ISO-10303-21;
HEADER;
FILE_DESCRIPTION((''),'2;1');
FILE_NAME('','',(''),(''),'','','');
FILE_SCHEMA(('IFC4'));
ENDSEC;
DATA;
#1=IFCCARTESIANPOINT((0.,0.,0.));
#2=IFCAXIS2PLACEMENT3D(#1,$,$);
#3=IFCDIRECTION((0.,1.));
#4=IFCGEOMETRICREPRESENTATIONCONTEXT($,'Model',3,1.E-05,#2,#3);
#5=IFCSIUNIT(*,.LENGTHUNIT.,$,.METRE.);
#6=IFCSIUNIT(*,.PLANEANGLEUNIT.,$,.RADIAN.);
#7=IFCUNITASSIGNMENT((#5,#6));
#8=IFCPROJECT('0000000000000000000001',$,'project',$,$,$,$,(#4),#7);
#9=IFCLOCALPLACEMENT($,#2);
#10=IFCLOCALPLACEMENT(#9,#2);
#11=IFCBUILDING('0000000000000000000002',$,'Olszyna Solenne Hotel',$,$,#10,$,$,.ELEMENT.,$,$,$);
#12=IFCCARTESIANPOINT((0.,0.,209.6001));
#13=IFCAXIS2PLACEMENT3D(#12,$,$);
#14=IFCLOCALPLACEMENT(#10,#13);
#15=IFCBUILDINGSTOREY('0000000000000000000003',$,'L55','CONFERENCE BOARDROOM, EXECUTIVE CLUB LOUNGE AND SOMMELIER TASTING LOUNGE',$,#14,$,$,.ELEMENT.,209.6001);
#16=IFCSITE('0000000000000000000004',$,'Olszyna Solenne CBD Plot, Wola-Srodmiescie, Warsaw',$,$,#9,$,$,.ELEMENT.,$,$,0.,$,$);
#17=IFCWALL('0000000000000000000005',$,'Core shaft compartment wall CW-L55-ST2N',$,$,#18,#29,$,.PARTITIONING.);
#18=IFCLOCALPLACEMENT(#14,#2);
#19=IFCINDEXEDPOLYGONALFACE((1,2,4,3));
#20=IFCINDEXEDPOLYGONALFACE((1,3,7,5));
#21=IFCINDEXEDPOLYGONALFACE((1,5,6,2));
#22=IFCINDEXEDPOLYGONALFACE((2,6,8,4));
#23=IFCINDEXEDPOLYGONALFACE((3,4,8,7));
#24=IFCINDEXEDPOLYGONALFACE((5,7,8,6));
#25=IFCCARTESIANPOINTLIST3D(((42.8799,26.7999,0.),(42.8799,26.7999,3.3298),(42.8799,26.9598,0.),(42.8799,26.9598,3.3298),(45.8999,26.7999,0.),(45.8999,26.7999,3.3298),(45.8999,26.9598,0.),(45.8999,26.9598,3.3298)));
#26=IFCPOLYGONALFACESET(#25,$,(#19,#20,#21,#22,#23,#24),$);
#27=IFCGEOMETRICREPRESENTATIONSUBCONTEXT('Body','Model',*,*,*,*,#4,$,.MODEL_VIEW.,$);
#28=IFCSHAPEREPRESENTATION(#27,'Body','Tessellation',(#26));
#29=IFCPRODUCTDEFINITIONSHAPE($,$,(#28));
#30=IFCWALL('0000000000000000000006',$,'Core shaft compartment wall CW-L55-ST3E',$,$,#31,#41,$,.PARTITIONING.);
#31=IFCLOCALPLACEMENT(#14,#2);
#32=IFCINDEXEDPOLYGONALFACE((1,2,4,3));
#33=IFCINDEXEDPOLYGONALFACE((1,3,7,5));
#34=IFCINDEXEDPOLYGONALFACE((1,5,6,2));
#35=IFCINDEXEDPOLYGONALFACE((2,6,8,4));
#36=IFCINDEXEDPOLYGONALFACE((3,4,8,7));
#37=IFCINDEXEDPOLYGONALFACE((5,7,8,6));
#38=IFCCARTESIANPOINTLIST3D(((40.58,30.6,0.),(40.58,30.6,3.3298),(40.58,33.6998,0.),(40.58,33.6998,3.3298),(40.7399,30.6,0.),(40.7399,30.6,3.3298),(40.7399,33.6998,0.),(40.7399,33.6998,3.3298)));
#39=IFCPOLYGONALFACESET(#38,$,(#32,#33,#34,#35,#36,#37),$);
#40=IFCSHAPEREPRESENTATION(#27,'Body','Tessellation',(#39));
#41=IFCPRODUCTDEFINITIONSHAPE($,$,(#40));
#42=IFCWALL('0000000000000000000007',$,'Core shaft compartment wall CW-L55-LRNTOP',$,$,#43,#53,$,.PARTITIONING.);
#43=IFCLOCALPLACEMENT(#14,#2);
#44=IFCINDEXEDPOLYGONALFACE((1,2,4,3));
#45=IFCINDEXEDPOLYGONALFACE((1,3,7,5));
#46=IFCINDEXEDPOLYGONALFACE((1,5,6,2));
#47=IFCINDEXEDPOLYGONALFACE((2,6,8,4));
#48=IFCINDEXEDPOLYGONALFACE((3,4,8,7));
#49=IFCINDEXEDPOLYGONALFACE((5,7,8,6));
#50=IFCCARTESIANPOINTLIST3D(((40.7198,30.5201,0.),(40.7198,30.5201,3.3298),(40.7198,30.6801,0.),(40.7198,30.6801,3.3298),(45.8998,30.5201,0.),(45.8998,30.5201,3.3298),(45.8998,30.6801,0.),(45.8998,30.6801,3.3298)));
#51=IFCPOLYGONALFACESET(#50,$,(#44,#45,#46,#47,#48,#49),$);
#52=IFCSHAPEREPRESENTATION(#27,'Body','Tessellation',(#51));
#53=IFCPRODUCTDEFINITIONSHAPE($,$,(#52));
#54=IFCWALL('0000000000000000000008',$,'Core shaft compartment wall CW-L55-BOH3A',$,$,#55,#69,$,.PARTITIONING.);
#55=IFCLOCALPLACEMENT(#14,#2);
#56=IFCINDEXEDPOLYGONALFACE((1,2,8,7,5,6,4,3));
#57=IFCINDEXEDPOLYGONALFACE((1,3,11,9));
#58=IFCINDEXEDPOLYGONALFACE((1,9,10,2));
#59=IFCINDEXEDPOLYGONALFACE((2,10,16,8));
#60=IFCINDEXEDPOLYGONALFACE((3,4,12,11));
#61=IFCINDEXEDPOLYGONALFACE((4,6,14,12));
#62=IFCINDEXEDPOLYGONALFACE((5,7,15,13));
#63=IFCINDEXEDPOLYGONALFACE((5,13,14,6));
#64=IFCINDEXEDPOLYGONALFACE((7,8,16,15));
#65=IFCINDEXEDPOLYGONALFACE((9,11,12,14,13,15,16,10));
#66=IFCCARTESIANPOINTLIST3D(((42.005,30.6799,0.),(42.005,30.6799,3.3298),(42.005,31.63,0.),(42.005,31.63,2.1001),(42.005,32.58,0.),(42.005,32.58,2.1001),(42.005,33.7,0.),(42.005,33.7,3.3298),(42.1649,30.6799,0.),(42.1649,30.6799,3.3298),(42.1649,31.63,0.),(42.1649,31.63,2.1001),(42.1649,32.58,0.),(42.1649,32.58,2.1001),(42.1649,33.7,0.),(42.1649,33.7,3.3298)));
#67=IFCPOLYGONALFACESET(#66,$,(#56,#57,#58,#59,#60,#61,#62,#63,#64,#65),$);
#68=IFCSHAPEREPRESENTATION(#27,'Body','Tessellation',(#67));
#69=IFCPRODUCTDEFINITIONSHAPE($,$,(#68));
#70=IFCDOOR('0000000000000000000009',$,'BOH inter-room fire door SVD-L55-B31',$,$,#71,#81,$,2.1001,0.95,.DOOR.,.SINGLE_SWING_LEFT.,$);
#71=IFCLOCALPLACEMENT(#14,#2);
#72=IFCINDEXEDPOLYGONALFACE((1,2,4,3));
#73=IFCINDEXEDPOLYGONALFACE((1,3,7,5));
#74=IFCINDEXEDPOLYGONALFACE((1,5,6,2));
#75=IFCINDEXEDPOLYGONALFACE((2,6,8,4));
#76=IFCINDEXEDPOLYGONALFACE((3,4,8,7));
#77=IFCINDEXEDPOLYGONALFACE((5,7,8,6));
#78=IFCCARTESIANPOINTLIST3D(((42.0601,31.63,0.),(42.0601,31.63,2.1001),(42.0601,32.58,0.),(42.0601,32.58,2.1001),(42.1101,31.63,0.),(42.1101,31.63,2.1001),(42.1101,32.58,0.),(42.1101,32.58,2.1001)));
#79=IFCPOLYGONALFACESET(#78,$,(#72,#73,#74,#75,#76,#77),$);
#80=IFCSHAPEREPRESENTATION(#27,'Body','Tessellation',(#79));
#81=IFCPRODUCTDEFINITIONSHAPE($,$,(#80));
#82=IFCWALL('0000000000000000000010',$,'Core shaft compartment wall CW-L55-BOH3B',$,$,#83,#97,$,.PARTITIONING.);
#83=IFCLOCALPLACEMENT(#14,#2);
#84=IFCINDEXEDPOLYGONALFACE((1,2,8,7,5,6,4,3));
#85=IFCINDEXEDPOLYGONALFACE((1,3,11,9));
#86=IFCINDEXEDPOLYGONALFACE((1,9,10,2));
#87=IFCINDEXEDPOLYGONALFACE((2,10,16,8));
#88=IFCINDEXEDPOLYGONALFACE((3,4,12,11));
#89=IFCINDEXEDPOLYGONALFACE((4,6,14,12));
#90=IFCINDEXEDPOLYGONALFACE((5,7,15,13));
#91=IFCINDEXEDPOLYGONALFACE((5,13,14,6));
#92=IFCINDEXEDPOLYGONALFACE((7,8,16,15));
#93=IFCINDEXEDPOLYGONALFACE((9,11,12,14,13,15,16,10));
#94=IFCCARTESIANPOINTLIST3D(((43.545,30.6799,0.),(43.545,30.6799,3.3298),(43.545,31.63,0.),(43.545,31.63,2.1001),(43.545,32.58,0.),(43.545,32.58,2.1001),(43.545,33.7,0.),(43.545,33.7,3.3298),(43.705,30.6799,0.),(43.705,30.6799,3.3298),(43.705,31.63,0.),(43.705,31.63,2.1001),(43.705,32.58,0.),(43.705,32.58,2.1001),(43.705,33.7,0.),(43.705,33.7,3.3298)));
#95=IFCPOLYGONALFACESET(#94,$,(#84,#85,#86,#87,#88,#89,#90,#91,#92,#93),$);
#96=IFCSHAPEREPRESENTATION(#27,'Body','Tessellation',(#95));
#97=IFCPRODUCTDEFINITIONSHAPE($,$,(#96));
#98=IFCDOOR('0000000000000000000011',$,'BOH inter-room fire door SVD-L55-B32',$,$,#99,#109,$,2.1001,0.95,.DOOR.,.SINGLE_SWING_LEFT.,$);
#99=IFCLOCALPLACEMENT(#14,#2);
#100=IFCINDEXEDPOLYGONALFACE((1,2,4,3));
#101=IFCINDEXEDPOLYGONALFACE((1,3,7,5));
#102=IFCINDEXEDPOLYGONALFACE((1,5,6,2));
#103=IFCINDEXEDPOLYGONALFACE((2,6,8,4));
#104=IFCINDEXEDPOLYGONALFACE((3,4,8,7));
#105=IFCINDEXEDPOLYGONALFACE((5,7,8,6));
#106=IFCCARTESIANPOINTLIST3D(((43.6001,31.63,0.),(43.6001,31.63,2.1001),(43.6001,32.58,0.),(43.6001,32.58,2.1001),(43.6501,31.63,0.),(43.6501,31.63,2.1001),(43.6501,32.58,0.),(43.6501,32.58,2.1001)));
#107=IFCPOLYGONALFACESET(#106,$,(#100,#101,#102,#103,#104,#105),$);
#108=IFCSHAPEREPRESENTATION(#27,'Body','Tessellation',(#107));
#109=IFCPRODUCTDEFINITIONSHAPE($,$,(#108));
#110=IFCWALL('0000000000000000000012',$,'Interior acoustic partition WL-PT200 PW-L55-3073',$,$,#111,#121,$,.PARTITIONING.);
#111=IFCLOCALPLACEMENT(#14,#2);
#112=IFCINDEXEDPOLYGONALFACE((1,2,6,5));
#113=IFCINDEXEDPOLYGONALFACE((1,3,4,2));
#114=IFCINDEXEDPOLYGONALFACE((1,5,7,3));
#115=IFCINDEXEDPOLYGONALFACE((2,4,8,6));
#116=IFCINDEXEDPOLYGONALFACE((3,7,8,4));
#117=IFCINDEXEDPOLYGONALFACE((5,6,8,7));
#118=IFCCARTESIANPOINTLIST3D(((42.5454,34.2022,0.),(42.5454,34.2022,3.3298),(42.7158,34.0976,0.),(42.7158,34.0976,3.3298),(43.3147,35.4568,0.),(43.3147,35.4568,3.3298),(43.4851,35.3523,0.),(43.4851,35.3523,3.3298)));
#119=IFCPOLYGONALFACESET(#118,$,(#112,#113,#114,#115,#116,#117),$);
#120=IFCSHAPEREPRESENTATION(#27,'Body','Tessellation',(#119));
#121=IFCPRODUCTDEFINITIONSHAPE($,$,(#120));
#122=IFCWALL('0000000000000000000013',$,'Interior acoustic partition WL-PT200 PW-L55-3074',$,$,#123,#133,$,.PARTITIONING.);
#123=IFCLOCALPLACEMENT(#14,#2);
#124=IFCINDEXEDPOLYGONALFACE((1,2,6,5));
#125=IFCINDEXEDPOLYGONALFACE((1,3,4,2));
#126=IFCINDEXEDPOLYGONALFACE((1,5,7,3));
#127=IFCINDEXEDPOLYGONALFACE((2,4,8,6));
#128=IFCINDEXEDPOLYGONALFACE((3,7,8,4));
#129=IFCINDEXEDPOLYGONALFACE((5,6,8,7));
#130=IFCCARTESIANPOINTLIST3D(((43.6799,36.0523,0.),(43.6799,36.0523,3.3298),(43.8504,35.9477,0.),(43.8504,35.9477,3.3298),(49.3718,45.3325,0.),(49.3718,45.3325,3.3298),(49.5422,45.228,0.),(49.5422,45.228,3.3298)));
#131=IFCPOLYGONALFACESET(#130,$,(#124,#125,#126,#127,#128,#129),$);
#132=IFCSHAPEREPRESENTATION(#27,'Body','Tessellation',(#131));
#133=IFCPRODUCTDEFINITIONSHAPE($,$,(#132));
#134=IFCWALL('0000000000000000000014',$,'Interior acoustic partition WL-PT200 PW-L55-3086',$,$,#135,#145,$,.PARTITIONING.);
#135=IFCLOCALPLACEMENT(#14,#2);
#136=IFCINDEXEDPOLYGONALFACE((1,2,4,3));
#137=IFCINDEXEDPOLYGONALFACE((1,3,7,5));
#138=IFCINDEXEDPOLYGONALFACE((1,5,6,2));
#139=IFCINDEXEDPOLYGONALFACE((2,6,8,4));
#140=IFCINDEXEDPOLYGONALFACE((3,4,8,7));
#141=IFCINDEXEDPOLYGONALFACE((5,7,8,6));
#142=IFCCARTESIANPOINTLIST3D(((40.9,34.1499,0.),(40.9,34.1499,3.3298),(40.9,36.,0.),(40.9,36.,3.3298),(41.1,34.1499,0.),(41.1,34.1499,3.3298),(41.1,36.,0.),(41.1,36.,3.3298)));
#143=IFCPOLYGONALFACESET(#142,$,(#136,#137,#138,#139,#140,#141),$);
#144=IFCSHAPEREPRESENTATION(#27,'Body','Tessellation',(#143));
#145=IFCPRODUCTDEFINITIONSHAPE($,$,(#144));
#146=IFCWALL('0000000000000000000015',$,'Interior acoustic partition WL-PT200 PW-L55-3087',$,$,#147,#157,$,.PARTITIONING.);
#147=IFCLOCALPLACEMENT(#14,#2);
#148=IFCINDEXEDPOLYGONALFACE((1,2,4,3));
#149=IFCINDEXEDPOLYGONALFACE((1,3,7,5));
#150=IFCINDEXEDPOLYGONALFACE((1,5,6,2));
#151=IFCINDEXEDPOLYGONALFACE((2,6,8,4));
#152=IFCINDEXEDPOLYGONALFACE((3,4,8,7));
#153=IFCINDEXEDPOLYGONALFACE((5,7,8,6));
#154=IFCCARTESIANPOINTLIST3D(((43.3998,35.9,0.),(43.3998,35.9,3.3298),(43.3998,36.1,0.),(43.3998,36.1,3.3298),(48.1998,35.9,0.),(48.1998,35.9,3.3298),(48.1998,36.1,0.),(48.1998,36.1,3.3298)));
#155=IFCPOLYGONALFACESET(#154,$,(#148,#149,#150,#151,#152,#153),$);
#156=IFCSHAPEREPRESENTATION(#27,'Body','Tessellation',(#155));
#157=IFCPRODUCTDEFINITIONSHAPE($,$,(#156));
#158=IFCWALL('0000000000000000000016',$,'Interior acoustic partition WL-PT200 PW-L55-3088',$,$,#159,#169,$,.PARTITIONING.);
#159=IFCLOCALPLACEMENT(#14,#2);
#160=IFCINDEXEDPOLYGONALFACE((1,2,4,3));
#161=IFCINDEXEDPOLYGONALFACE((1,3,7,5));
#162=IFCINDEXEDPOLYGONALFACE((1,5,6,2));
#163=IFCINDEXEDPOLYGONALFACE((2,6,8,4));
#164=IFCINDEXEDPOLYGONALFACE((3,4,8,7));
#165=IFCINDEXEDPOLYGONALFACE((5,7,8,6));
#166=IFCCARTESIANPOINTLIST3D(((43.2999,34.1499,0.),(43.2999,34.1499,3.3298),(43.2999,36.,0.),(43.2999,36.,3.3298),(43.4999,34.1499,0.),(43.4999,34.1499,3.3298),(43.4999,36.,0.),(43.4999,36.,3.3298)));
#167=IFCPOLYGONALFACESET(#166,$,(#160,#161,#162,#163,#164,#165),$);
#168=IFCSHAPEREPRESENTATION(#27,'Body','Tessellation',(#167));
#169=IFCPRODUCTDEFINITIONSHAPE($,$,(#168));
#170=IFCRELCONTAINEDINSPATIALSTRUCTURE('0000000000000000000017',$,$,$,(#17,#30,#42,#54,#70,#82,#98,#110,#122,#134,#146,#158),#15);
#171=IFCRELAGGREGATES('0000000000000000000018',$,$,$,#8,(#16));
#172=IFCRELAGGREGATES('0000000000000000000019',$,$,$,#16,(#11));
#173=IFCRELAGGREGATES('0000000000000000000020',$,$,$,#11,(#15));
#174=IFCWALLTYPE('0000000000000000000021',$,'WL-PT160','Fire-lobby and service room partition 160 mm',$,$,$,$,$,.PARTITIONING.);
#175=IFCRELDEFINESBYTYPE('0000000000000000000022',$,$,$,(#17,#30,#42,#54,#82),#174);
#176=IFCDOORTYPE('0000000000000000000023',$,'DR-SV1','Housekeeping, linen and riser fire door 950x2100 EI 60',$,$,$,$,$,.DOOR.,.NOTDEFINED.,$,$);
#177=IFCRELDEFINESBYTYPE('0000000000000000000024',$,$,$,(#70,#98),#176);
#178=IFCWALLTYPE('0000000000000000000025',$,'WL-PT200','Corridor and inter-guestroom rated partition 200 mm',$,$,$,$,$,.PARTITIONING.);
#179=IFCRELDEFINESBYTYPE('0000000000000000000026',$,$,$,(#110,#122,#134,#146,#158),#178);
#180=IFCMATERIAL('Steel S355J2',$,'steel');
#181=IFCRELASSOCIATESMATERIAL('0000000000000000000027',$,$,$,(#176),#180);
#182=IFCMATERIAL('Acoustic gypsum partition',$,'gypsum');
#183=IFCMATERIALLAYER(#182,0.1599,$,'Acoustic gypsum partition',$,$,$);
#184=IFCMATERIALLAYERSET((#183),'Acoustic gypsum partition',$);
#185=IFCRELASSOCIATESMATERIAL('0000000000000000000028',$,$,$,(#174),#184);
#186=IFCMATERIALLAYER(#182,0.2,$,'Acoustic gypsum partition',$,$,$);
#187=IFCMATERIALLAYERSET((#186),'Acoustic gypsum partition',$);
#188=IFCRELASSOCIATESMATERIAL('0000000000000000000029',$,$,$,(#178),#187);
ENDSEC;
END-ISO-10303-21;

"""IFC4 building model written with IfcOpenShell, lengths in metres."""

from ifc_helpers import new_model, si_unit, direction, frame, frame_2d, origin, place, context, subcontext, project, spatial, rectangle, extrude, source, transform, mapped, material, layer, layer_set, type_object, type_shapes, element, fill, save


model = new_model("IFC4")

# Units and contexts
model_context = context("Model", 3, precision=1e-05, world=origin(), true_north=direction((0.0, 1.0)))
body_context = subcontext(model_context, "Body", "Model", "MODEL_VIEW")
ifc_project = project(units=[si_unit("LENGTHUNIT", "METRE"), si_unit("PLANEANGLEUNIT", "RADIAN")], contexts=[model_context])

# Site, building, storey
site_placement = place(None, origin())
site = spatial("IfcSite", under=ifc_project, at=site_placement, Name="Olszyna Solenne CBD Plot, Wola-Srodmiescie, Warsaw", CompositionType="ELEMENT", RefElevation=0.0)
building_placement = place(site_placement, origin())
building = spatial("IfcBuilding", under=site, at=building_placement, Name="Olszyna Solenne Hotel", CompositionType="ELEMENT")
storey_placement = place(building_placement, frame((0.0, 0.0, 209.6001)))
storey = spatial("IfcBuildingStorey", under=building, at=storey_placement, Name="L55", Description="CONFERENCE BOARDROOM, EXECUTIVE CLUB LOUNGE AND SOMMELIER TASTING LOUNGE", CompositionType="ELEMENT", Elevation=209.6001)

# Shared definitions
ifc_material_1 = material(Name="Steel S355J2", Category="steel")

# Shared definitions
door_type_1 = type_object("IfcDoorType", Name="DR-SV1", Description="Housekeeping, linen and riser fire door 950x2100 EI 60", OperationType="NOTDEFINED", PredefinedType="DOOR", material=ifc_material_1)
shared_shape_1 = source(origin(), body_context, "Body", "SweptSolid", [
    extrude(rectangle(XDim=0.95, YDim=2.1001, at=frame_2d((0.4751, 1.05))), frame((0.0, 0.0249, 0.0), z_axis=(0.0, -1.0, 0.0), x_axis=(1.0, 0.0, 0.0)), (0.0, 0.0, 1.0), 0.05),
])
type_shapes(door_type_1, [shared_shape_1])

# Shared definitions
ifc_material_2 = material(Name="Acoustic gypsum partition", Category="gypsum")

# Shared definitions
ifc_layer_1 = layer(ifc_material_2, 0.1599, Name="Acoustic gypsum partition")
ifc_layer_set_1 = layer_set([ifc_layer_1], Name="Acoustic gypsum partition")
wall_type_1 = type_object("IfcWallType", Name="WL-PT160", Description="Fire-lobby and service room partition 160 mm", PredefinedType="PARTITIONING", material=ifc_layer_set_1)

# Walls
wall_1_placement = place(storey_placement, frame((42.8799, 26.8799, 0.0), z_axis=(0.0, 0.0, 1.0), x_axis=(1.0, 0.0, 0.0)))
element("IfcWall", 1, at=wall_1_placement, inside=storey, type_object=wall_type_1, Name="Core shaft compartment wall CW-L55-ST2N", PredefinedType="PARTITIONING", context=body_context, shape_type="SweptSolid", body=[
    extrude(rectangle(XDim=3.02, YDim=0.1599, at=frame_2d((1.51, 0.0))), origin(), (0.0, 0.0, 1.0), 3.3298),
])
wall_2_placement = place(storey_placement, frame((40.6599, 30.6001, 0.0), z_axis=(0.0, 0.0, 1.0), x_axis=(0.0, 1.0, 0.0)))
element("IfcWall", 2, at=wall_2_placement, inside=storey, type_object=wall_type_1, Name="Core shaft compartment wall CW-L55-ST3E", PredefinedType="PARTITIONING", context=body_context, shape_type="SweptSolid", body=[
    extrude(rectangle(XDim=3.0999, YDim=0.1599, at=frame_2d((1.5498, 0.0))), origin(), (0.0, 0.0, 1.0), 3.3298),
])
wall_3_placement = place(storey_placement, frame((40.72, 30.6001, 0.0), z_axis=(0.0, 0.0, 1.0), x_axis=(1.0, 0.0, 0.0)))
element("IfcWall", 3, at=wall_3_placement, inside=storey, type_object=wall_type_1, Name="Core shaft compartment wall CW-L55-LRNTOP", PredefinedType="PARTITIONING", context=body_context, shape_type="SweptSolid", body=[
    extrude(rectangle(XDim=5.1799, YDim=0.1599, at=frame_2d((2.5898, 0.0))), origin(), (0.0, 0.0, 1.0), 3.3298),
])

# Walls, openings, doors
wall_4_placement = place(storey_placement, frame((42.085, 30.6799, 0.0), z_axis=(0.0, 0.0, 1.0), x_axis=(0.0, 1.0, 0.0)))
wall_4 = element("IfcWall", 4, at=wall_4_placement, inside=storey, type_object=wall_type_1, Name="Core shaft compartment wall CW-L55-BOH3A", PredefinedType="PARTITIONING", context=body_context, shape_type="SweptSolid", body=[
    extrude(rectangle(XDim=3.02, YDim=0.1599, at=frame_2d((1.51, 0.0))), origin(), (0.0, 0.0, 1.0), 3.3298),
])
opening_1_placement = place(wall_4_placement, frame((0.95, 0.0, 0.0)))
opening_1 = element("IfcOpeningElement", 5, at=opening_1_placement, cuts=wall_4, PredefinedType="OPENING", context=body_context, shape_type="SweptSolid", body=[
    extrude(rectangle(XDim=0.95, YDim=2.1001, at=frame_2d((0.4751, 1.05))), frame((0.0, 0.0898, 0.0), z_axis=(0.0, -1.0, 0.0), x_axis=(1.0, 0.0, 0.0)), (0.0, 0.0, 1.0), 0.1799),
])
door_1_placement = place(opening_1_placement, origin())
door_1 = element("IfcDoor", 6, at=door_1_placement, inside=storey, type_object=door_type_1, Name="BOH inter-room fire door SVD-L55-B31", OperationType="SINGLE_SWING_LEFT", OverallHeight=2.1001, OverallWidth=0.95, PredefinedType="DOOR", context=body_context, shape_type="MappedRepresentation", body=[
    mapped(shared_shape_1, transform((0.0, 0.0, 0.0), x_axis=(1.0, 0.0, 0.0), y_axis=(0.0, 1.0, 0.0), z_axis=(0.0, 0.0, 1.0), scale=1.0)),
])
fill(opening_1, door_1)
wall_5_placement = place(storey_placement, frame((43.625, 30.6799, 0.0), z_axis=(0.0, 0.0, 1.0), x_axis=(0.0, 1.0, 0.0)))
wall_5 = element("IfcWall", 7, at=wall_5_placement, inside=storey, type_object=wall_type_1, Name="Core shaft compartment wall CW-L55-BOH3B", PredefinedType="PARTITIONING", context=body_context, shape_type="SweptSolid", body=[
    extrude(rectangle(XDim=3.02, YDim=0.1599, at=frame_2d((1.51, 0.0))), origin(), (0.0, 0.0, 1.0), 3.3298),
])
opening_2_placement = place(wall_5_placement, frame((0.95, 0.0, 0.0)))
opening_2 = element("IfcOpeningElement", 8, at=opening_2_placement, cuts=wall_5, PredefinedType="OPENING", context=body_context, shape_type="SweptSolid", body=[
    extrude(rectangle(XDim=0.95, YDim=2.1001, at=frame_2d((0.4751, 1.05))), frame((0.0, 0.0898, 0.0), z_axis=(0.0, -1.0, 0.0), x_axis=(1.0, 0.0, 0.0)), (0.0, 0.0, 1.0), 0.1799),
])
door_2_placement = place(opening_2_placement, origin())
door_2 = element("IfcDoor", 9, at=door_2_placement, inside=storey, type_object=door_type_1, Name="BOH inter-room fire door SVD-L55-B32", OperationType="SINGLE_SWING_LEFT", OverallHeight=2.1001, OverallWidth=0.95, PredefinedType="DOOR", context=body_context, shape_type="MappedRepresentation", body=[
    mapped(shared_shape_1, transform((0.0, 0.0, 0.0), x_axis=(1.0, 0.0, 0.0), y_axis=(0.0, 1.0, 0.0), z_axis=(0.0, 0.0, 1.0), scale=1.0)),
])
fill(opening_2, door_2)

# Walls
ifc_layer_2 = layer(ifc_material_2, 0.2, Name="Acoustic gypsum partition")
ifc_layer_set_2 = layer_set([ifc_layer_2], Name="Acoustic gypsum partition")
wall_type_2 = type_object("IfcWallType", Name="WL-PT200", Description="Corridor and inter-guestroom rated partition 200 mm", PredefinedType="PARTITIONING", material=ifc_layer_set_2)
wall_6_placement = place(storey_placement, frame((42.6306, 34.1499, 0.0), z_axis=(0.0, 0.0, 1.0), x_axis=(0.522718, 0.852506, 0.0)))
element("IfcWall", 10, at=wall_6_placement, inside=storey, type_object=wall_type_2, Name="Interior acoustic partition WL-PT200 PW-L55-3073", PredefinedType="PARTITIONING", context=body_context, shape_type="SweptSolid", body=[
    extrude(rectangle(XDim=1.4717, YDim=0.2, at=frame_2d((0.7358, 0.0))), origin(), (0.0, 0.0, 1.0), 3.3298),
])
wall_7_placement = place(storey_placement, frame((43.7651, 36.0, 0.0), z_axis=(0.0, 0.0, 1.0), x_axis=(0.522828, 0.852438, 0.0)))
element("IfcWall", 11, at=wall_7_placement, inside=storey, type_object=wall_type_2, Name="Interior acoustic partition WL-PT200 PW-L55-3074", PredefinedType="PARTITIONING", context=body_context, shape_type="SweptSolid", body=[
    extrude(rectangle(XDim=10.8867, YDim=0.2, at=frame_2d((5.4434, 0.0))), origin(), (0.0, 0.0, 1.0), 3.3298),
])
wall_8_placement = place(storey_placement, frame((41.0, 34.1499, 0.0), z_axis=(0.0, 0.0, 1.0), x_axis=(0.0, 1.0, 0.0)))
element("IfcWall", 12, at=wall_8_placement, inside=storey, type_object=wall_type_2, Name="Interior acoustic partition WL-PT200 PW-L55-3086", PredefinedType="PARTITIONING", context=body_context, shape_type="SweptSolid", body=[
    extrude(rectangle(XDim=1.8501, YDim=0.2, at=frame_2d((0.925, 0.0))), origin(), (0.0, 0.0, 1.0), 3.3298),
])
wall_9_placement = place(storey_placement, frame((43.3999, 36.0, 0.0), z_axis=(0.0, 0.0, 1.0), x_axis=(1.0, 0.0, 0.0)))
element("IfcWall", 13, at=wall_9_placement, inside=storey, type_object=wall_type_2, Name="Interior acoustic partition WL-PT200 PW-L55-3087", PredefinedType="PARTITIONING", context=body_context, shape_type="SweptSolid", body=[
    extrude(rectangle(XDim=4.8, YDim=0.2, at=frame_2d((2.3999, 0.0))), origin(), (0.0, 0.0, 1.0), 3.3298),
])
wall_10_placement = place(storey_placement, frame((43.3999, 34.1499, 0.0), z_axis=(0.0, 0.0, 1.0), x_axis=(0.0, 1.0, 0.0)))
element("IfcWall", 14, at=wall_10_placement, inside=storey, type_object=wall_type_2, Name="Interior acoustic partition WL-PT200 PW-L55-3088", PredefinedType="PARTITIONING", context=body_context, shape_type="SweptSolid", body=[
    extrude(rectangle(XDim=1.8501, YDim=0.2, at=frame_2d((0.925, 0.0))), origin(), (0.0, 0.0, 1.0), 3.3298),
])

save(model, "model.ifc")
